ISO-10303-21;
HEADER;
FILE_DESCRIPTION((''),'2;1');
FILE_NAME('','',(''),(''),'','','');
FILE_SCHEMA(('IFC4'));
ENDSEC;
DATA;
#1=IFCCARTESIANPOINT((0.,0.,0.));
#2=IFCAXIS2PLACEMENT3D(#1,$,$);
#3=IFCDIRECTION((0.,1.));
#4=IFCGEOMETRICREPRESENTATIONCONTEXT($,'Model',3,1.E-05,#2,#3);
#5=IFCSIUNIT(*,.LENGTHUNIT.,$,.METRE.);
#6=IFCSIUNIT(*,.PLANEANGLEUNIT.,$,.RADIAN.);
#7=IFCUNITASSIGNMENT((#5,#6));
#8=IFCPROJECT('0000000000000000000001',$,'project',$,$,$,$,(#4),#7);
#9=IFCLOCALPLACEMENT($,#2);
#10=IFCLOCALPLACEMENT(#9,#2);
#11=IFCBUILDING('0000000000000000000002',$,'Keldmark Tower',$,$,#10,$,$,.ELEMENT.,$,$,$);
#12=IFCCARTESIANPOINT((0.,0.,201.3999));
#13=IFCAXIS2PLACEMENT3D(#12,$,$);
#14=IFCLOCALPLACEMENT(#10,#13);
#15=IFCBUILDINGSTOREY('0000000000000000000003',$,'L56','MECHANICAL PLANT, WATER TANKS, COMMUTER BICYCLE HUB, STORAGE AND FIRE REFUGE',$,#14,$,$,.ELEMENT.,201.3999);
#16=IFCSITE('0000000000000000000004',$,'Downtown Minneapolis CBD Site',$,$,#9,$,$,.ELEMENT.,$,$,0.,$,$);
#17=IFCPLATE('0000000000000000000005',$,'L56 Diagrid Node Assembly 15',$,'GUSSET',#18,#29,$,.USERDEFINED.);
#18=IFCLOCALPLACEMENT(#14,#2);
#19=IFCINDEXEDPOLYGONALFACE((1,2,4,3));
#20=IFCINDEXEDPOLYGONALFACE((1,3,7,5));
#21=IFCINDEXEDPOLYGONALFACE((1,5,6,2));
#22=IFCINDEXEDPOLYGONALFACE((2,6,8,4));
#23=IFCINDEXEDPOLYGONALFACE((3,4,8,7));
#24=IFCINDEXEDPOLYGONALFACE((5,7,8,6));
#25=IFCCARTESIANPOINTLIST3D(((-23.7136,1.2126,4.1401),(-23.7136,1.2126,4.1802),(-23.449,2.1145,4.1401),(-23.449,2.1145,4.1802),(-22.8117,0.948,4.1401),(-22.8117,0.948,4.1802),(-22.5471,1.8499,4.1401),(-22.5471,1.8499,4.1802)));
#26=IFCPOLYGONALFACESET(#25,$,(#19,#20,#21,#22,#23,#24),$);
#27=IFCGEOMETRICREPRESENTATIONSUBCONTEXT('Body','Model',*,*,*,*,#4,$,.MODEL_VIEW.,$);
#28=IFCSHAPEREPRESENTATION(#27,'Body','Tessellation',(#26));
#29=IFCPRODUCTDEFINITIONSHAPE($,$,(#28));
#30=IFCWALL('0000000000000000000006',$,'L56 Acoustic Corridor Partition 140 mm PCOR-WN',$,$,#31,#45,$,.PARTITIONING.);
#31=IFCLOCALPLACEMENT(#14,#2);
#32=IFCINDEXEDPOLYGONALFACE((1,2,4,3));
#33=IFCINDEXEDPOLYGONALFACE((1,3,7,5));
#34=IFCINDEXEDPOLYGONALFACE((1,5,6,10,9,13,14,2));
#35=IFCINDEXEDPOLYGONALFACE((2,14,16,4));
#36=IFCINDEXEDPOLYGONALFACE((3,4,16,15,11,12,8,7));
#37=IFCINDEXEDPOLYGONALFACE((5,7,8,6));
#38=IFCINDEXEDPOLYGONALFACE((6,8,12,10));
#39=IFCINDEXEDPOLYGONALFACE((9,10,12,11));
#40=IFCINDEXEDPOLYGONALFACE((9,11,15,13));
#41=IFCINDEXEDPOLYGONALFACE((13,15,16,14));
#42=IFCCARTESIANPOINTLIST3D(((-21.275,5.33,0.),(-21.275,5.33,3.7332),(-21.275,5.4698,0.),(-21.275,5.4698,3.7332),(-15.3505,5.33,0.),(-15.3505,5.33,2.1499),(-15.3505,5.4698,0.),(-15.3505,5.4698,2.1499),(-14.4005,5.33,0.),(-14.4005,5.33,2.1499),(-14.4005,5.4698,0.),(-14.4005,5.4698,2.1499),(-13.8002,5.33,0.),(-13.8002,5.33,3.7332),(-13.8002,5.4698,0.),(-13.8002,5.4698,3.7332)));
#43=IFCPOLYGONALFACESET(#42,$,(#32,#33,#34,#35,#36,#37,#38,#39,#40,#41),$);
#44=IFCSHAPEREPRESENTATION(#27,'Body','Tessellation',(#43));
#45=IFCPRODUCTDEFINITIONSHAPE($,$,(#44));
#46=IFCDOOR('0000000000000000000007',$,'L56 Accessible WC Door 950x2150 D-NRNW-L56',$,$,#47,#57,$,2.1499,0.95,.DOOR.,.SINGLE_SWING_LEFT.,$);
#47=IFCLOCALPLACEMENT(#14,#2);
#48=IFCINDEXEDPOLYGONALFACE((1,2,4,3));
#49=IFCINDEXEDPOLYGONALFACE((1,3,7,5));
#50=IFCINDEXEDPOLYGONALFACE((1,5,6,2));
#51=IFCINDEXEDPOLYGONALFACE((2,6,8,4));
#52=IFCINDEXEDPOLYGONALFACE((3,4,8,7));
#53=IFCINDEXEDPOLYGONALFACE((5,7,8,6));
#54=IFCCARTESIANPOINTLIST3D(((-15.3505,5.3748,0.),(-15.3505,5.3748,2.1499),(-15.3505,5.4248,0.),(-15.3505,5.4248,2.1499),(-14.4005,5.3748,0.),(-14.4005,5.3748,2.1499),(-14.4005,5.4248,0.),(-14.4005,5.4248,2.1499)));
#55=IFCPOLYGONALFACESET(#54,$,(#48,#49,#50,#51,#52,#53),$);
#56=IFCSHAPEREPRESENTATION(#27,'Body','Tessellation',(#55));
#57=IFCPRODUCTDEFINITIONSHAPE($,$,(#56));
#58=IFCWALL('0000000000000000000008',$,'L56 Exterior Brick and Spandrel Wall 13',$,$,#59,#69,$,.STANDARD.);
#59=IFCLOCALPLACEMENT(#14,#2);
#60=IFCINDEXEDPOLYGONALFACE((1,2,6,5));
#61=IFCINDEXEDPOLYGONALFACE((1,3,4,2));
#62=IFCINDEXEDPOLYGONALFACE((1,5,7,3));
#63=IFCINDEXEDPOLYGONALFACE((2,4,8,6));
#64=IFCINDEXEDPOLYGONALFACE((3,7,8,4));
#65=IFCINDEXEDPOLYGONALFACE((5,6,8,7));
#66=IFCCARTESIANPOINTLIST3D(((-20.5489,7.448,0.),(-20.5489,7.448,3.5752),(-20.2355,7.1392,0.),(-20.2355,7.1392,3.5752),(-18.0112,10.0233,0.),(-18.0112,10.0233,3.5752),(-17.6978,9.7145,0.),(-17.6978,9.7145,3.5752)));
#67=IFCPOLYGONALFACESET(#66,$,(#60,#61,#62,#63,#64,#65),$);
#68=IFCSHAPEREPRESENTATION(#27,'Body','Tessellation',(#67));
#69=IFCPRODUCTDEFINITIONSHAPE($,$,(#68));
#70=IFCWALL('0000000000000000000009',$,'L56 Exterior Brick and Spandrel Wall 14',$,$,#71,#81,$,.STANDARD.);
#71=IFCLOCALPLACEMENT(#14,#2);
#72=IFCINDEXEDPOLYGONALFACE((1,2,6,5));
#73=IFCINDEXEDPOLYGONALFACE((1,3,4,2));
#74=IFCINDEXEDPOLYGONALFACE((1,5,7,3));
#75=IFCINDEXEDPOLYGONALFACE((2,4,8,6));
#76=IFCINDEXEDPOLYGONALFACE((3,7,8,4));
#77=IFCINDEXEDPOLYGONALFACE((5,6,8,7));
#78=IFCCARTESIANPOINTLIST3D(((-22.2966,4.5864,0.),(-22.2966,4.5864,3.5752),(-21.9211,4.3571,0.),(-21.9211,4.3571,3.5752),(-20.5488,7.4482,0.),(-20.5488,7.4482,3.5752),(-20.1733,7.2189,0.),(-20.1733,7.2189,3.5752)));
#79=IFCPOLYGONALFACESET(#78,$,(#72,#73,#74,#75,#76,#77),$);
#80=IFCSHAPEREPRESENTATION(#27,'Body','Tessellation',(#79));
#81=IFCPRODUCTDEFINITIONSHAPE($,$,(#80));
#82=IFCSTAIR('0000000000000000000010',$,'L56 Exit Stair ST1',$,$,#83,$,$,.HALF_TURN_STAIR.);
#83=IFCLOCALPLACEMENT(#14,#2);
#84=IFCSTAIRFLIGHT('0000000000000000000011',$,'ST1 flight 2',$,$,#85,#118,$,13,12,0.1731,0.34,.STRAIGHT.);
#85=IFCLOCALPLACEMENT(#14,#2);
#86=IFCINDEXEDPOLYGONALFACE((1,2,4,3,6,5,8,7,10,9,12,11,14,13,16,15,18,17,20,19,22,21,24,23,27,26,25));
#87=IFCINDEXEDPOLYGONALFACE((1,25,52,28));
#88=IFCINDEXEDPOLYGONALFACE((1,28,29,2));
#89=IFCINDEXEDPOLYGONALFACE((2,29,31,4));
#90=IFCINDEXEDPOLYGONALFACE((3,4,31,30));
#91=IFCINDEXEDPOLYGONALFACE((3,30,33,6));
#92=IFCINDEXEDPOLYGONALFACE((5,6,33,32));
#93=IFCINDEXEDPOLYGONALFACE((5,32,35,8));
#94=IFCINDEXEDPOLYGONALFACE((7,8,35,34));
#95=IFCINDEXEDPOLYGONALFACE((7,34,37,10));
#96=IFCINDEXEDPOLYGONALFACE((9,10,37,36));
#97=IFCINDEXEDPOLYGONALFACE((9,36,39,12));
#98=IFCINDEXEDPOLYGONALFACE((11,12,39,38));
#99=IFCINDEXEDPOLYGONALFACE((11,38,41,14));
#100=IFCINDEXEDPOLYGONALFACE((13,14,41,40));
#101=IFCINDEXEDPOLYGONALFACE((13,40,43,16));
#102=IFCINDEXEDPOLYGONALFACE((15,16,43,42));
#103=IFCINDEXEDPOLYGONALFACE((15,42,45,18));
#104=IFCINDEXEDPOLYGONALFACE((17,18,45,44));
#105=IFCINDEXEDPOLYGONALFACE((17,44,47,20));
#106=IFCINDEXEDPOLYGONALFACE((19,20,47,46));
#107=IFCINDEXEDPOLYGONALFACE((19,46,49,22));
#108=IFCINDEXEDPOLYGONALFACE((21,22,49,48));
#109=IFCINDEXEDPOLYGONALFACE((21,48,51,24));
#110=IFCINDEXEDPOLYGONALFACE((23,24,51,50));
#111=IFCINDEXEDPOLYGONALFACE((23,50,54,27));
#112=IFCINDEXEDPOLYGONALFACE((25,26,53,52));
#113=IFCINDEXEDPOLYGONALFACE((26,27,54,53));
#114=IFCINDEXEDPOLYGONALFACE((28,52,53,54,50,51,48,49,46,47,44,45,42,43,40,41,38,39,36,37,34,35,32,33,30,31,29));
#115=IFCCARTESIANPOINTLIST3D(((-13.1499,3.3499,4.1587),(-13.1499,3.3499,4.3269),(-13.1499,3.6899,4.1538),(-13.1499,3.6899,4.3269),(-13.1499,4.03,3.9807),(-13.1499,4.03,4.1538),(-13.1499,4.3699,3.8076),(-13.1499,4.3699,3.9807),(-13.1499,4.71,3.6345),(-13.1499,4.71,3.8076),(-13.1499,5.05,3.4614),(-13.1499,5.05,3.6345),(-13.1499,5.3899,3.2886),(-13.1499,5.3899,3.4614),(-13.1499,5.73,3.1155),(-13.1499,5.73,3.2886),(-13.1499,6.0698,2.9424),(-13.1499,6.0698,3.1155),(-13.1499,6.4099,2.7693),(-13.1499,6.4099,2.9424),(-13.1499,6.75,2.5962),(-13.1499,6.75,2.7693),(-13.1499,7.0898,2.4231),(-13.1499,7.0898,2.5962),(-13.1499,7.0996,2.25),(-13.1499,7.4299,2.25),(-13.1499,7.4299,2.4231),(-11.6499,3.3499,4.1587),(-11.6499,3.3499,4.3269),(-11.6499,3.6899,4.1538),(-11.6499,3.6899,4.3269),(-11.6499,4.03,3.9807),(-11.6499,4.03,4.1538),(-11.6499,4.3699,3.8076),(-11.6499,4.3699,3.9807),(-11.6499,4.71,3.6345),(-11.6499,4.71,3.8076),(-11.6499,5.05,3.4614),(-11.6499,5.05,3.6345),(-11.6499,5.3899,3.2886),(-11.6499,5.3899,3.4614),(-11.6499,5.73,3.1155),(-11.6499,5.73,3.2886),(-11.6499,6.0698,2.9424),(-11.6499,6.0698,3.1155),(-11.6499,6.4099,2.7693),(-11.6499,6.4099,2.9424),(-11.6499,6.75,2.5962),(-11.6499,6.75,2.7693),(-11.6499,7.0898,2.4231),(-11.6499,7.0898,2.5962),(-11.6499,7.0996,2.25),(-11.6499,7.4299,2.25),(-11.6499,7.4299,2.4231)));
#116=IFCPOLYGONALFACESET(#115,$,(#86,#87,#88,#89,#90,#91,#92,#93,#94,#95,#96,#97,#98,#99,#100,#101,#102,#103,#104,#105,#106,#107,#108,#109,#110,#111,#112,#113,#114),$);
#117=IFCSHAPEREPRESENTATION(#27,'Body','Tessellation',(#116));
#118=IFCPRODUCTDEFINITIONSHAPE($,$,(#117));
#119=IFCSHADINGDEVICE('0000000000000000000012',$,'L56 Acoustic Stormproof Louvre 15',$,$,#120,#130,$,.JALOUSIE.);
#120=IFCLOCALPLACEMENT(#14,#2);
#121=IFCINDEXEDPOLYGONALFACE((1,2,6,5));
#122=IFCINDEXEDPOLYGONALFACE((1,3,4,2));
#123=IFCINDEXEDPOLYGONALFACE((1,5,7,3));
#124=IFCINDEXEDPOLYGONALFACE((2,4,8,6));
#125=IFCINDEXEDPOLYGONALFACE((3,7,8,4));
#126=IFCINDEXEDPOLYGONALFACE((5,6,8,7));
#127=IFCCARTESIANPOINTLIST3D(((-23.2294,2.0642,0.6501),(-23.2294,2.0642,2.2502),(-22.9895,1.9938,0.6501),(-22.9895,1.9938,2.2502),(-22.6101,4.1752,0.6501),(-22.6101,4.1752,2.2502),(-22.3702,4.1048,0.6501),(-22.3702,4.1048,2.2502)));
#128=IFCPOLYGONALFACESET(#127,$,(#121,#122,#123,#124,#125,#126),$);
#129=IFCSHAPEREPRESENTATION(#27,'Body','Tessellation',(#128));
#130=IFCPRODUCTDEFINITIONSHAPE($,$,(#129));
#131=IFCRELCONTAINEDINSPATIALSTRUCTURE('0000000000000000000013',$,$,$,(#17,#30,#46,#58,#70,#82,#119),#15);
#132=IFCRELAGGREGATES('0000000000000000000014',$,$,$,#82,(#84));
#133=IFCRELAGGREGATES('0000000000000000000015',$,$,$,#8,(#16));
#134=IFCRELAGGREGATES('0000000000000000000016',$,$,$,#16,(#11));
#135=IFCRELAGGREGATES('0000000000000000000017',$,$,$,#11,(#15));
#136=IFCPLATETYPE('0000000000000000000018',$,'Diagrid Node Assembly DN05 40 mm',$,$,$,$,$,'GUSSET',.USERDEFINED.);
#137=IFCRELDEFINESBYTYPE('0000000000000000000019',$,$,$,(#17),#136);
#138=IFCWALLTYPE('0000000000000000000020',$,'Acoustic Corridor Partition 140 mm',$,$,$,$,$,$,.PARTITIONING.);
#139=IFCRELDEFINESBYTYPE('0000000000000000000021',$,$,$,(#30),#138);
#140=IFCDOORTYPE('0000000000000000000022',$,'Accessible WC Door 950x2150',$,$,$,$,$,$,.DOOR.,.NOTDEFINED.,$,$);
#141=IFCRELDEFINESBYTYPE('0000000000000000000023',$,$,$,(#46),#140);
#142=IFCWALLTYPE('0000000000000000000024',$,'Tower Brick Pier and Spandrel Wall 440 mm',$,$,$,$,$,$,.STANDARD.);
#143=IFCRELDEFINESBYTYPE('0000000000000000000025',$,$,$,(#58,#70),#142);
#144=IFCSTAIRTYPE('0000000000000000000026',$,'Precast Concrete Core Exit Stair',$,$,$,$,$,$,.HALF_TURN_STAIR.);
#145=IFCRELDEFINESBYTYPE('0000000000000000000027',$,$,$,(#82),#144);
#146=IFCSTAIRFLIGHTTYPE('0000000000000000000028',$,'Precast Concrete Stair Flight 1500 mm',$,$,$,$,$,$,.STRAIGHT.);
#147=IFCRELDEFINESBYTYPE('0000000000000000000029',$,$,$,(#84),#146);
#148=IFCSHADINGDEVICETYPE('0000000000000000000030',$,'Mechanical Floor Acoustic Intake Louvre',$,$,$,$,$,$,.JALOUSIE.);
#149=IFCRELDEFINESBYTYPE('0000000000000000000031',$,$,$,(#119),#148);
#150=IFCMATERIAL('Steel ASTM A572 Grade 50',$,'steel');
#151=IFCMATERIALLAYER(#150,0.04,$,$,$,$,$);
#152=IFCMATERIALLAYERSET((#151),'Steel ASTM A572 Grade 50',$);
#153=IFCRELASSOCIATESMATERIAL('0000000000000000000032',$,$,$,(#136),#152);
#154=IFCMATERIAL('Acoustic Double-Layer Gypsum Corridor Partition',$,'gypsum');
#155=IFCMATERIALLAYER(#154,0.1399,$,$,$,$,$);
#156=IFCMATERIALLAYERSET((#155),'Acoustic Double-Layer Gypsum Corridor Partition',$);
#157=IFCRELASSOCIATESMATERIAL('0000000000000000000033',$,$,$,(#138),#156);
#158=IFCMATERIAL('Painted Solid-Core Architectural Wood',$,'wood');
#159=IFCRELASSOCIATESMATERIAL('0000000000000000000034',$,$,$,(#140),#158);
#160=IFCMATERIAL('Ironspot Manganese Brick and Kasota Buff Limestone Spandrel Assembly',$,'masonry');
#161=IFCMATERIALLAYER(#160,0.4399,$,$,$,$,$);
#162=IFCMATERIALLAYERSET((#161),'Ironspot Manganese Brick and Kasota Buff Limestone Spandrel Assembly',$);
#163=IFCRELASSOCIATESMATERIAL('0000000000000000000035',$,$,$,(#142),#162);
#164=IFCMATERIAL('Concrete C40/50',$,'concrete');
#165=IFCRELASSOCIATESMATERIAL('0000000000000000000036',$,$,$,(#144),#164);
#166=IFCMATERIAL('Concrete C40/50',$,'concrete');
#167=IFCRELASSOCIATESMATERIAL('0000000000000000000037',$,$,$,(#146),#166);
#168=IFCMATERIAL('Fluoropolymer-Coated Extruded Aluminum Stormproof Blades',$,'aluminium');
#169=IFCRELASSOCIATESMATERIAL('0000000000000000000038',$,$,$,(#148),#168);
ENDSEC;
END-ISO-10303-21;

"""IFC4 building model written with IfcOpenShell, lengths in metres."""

from ifc_helpers import new_model, si_unit, direction, frame, frame_2d, origin, origin_2d, place, context, subcontext, project, spatial, polyline, rectangle, outline, extrude, material, layer, layer_set, type_object, element, fill, aggregate, save


model = new_model("IFC4")

# Units and contexts
model_context = context("Model", 3, precision=1e-05, world=origin(), true_north=direction((0.0, 1.0)))
body_context = subcontext(model_context, "Body", "Model", "MODEL_VIEW")
ifc_project = project(units=[si_unit("LENGTHUNIT", "METRE"), si_unit("PLANEANGLEUNIT", "RADIAN")], contexts=[model_context])

# Site, building, storey
site_placement = place(None, origin())
site = spatial("IfcSite", under=ifc_project, at=site_placement, Name="Downtown Minneapolis CBD Site", CompositionType="ELEMENT", RefElevation=0.0)
building_placement = place(site_placement, origin())
building = spatial("IfcBuilding", under=site, at=building_placement, Name="Keldmark Tower", CompositionType="ELEMENT")
storey_placement = place(building_placement, frame((0.0, 0.0, 201.3999)))
storey = spatial("IfcBuildingStorey", under=building, at=storey_placement, Name="L56", Description="MECHANICAL PLANT, WATER TANKS, COMMUTER BICYCLE HUB, STORAGE AND FIRE REFUGE", CompositionType="ELEMENT", Elevation=201.3999)

# Plate
ifc_material_1 = material(Name="Steel ASTM A572 Grade 50", Category="steel")
ifc_layer_1 = layer(ifc_material_1, 0.04)
ifc_layer_set_1 = layer_set([ifc_layer_1], Name="Steel ASTM A572 Grade 50")
plate_type_1 = type_object("IfcPlateType", Name="Diagrid Node Assembly DN05 40 mm", ElementType="GUSSET", PredefinedType="USERDEFINED", material=ifc_layer_set_1)
for number, where, z_axis, x_axis, name in (
    (1, (-23.1304, 1.5312, 4.1401), (0.0, 0.0, 1.0), (-0.281504, -0.95956, 0.0), "L56 Diagrid Node Assembly 15"),
):
    element("IfcPlate", number, at=place(storey_placement, frame(where, z_axis=z_axis, x_axis=x_axis)), inside=storey, type_object=plate_type_1, Name=name, ObjectType="GUSSET", PredefinedType="USERDEFINED", context=body_context, shape_type="SweptSolid", body=[
        extrude(rectangle(XDim=0.9399, YDim=0.9399, at=origin_2d()), origin(), (0.0, 0.0, 1.0), 0.04),
    ])

# Wall, opening, door
ifc_material_2 = material(Name="Acoustic Double-Layer Gypsum Corridor Partition", Category="gypsum")
ifc_layer_2 = layer(ifc_material_2, 0.1399)
ifc_layer_set_2 = layer_set([ifc_layer_2], Name="Acoustic Double-Layer Gypsum Corridor Partition")
wall_type_1 = type_object("IfcWallType", Name="Acoustic Corridor Partition 140 mm", PredefinedType="PARTITIONING", material=ifc_layer_set_2)
wall_1_placement = place(storey_placement, frame((-21.2749, 5.3999, 0.0), z_axis=(0.0, 0.0, 1.0), x_axis=(1.0, 0.0, 0.0)))
wall_1 = element("IfcWall", 2, at=wall_1_placement, inside=storey, type_object=wall_type_1, Name="L56 Acoustic Corridor Partition 140 mm PCOR-WN", PredefinedType="PARTITIONING", context=body_context, shape_type="SweptSolid", body=[
    extrude(rectangle(XDim=7.4749, YDim=0.1399, at=frame_2d((3.7373, 0.0))), origin(), (0.0, 0.0, 1.0), 3.7332),
])
opening_placement = place(wall_1_placement, frame((5.9243, 0.0, 0.0)))
opening = element("IfcOpeningElement", 3, at=opening_placement, cuts=wall_1, PredefinedType="OPENING", context=body_context, shape_type="SweptSolid", body=[
    extrude(rectangle(XDim=0.95, YDim=2.1499, at=frame_2d((0.4751, 1.075))), frame((0.0, 0.0798, 0.0), z_axis=(0.0, -1.0, 0.0), x_axis=(1.0, 0.0, 0.0)), (0.0, 0.0, 1.0), 0.1599),
])
ifc_material_3 = material(Name="Painted Solid-Core Architectural Wood", Category="wood")
door_type = type_object("IfcDoorType", Name="Accessible WC Door 950x2150", OperationType="NOTDEFINED", PredefinedType="DOOR", material=ifc_material_3)
door_placement = place(opening_placement, origin())
door = element("IfcDoor", 4, at=door_placement, inside=storey, type_object=door_type, Name="L56 Accessible WC Door 950x2150 D-NRNW-L56", OperationType="SINGLE_SWING_LEFT", OverallHeight=2.1499, OverallWidth=0.95, PredefinedType="DOOR", context=body_context, shape_type="SweptSolid", body=[
    extrude(rectangle(XDim=0.95, YDim=2.1499, at=frame_2d((0.4751, 1.075))), frame((0.0, 0.0249, 0.0), z_axis=(0.0, -1.0, 0.0), x_axis=(1.0, 0.0, 0.0)), (0.0, 0.0, 1.0), 0.05),
])
fill(opening, door)

# Walls
ifc_material_4 = material(Name="Ironspot Manganese Brick and Kasota Buff Limestone Spandrel Assembly", Category="masonry")
ifc_layer_3 = layer(ifc_material_4, 0.4399)
ifc_layer_set_3 = layer_set([ifc_layer_3], Name="Ironspot Manganese Brick and Kasota Buff Limestone Spandrel Assembly")
wall_type_2 = type_object("IfcWallType", Name="Tower Brick Pier and Spandrel Wall 440 mm", PredefinedType="STANDARD", material=ifc_layer_set_3)
wall_2_placement = place(storey_placement, frame((-20.3921, 7.2937, 0.0), z_axis=(0.0, 0.0, 1.0), x_axis=(0.701888, 0.712287, 0.0)))
element("IfcWall", 5, at=wall_2_placement, inside=storey, type_object=wall_type_2, Name="L56 Exterior Brick and Spandrel Wall 13", PredefinedType="STANDARD", context=body_context, shape_type="SweptSolid", body=[
    extrude(rectangle(XDim=3.6155, YDim=0.4399, at=frame_2d((1.8076, 0.0))), origin(), (0.0, 0.0, 1.0), 3.5752),
])
wall_3_placement = place(storey_placement, frame((-22.1089, 4.4717, 0.0), z_axis=(0.0, 0.0, 1.0), x_axis=(0.521214, 0.853426, 0.0)))
element("IfcWall", 6, at=wall_3_placement, inside=storey, type_object=wall_type_2, Name="L56 Exterior Brick and Spandrel Wall 14", PredefinedType="STANDARD", context=body_context, shape_type="SweptSolid", body=[
    extrude(rectangle(XDim=3.3533, YDim=0.4399, at=frame_2d((1.6768, 0.0))), origin(), (0.0, 0.0, 1.0), 3.5752),
])

# Stair, stair flight
ifc_material_5 = material(Name="Concrete C40/50", Category="concrete")
stair_type = type_object("IfcStairType", Name="Precast Concrete Core Exit Stair", PredefinedType="HALF_TURN_STAIR", material=ifc_material_5)
stair_placement = place(storey_placement, origin())
stair = element("IfcStair", 7, at=stair_placement, inside=storey, type_object=stair_type, Name="L56 Exit Stair ST1", PredefinedType="HALF_TURN_STAIR")
ifc_material_6 = material(Name="Concrete C40/50", Category="concrete")
stair_flight_type = type_object("IfcStairFlightType", Name="Precast Concrete Stair Flight 1500 mm", PredefinedType="STRAIGHT", material=ifc_material_6)
stair_flight_placement = place(storey_placement, frame((-12.3999, 7.4299, 2.25), z_axis=(0.0, 0.0, 1.0), x_axis=(0.0, -1.0, 0.0)))
stair_flight = element("IfcStairFlight", 8, at=stair_flight_placement, type_object=stair_flight_type, Name="ST1 flight 2", NumberOfRisers=13, NumberOfTreads=12, PredefinedType="STRAIGHT", RiserHeight=0.1731, TreadLength=0.34, context=body_context, shape_type="SweptSolid", body=[
    extrude(outline(polyline([(0.0, 0.0), (0.0, 0.1731), (0.3401, 0.1731), (0.3401, 0.3462), (0.6799, 0.3462), (0.6799, 0.5193), (1.02, 0.5193), (1.02, 0.6924), (1.3601, 0.6924), (1.3601, 0.8655), (1.7, 0.8655), (1.7, 1.0386), (2.04, 1.0386), (2.04, 1.2114), (2.3799, 1.2114), (2.3799, 1.3845), (2.72, 1.3845), (2.72, 1.5576), (3.0601, 1.5576), (3.0601, 1.7307), (3.3999, 1.7307), (3.3999, 1.9038), (3.74, 1.9038), (3.74, 2.0769), (4.0801, 2.0769), (4.0801, 2.25), (4.0801, 1.9087), (0.3303, 0.0), (0.0, 0.0)])), frame((0.0, 0.75, 0.0), z_axis=(0.0, -1.0, 0.0), x_axis=(1.0, 0.0, 0.0)), (0.0, 0.0, 1.0), 1.5),
])
aggregate(stair, [stair_flight])

# Shading device
ifc_material_7 = material(Name="Fluoropolymer-Coated Extruded Aluminum Stormproof Blades", Category="aluminium")
shading_device_type = type_object("IfcShadingDeviceType", Name="Mechanical Floor Acoustic Intake Louvre", PredefinedType="JALOUSIE", material=ifc_material_7)
shading_device_placement = place(storey_placement, frame((-22.7998, 3.0845, 0.6501), z_axis=(0.0, 0.0, 1.0), x_axis=(-0.281471, -0.95957, 0.0)))
element("IfcShadingDevice", 9, at=shading_device_placement, inside=storey, type_object=shading_device_type, Name="L56 Acoustic Stormproof Louvre 15", PredefinedType="JALOUSIE", context=body_context, shape_type="SweptSolid", body=[
    extrude(rectangle(XDim=2.2, YDim=0.25, at=origin_2d()), origin(), (0.0, 0.0, 1.0), 1.6001),
])

save(model, "model.ifc")
